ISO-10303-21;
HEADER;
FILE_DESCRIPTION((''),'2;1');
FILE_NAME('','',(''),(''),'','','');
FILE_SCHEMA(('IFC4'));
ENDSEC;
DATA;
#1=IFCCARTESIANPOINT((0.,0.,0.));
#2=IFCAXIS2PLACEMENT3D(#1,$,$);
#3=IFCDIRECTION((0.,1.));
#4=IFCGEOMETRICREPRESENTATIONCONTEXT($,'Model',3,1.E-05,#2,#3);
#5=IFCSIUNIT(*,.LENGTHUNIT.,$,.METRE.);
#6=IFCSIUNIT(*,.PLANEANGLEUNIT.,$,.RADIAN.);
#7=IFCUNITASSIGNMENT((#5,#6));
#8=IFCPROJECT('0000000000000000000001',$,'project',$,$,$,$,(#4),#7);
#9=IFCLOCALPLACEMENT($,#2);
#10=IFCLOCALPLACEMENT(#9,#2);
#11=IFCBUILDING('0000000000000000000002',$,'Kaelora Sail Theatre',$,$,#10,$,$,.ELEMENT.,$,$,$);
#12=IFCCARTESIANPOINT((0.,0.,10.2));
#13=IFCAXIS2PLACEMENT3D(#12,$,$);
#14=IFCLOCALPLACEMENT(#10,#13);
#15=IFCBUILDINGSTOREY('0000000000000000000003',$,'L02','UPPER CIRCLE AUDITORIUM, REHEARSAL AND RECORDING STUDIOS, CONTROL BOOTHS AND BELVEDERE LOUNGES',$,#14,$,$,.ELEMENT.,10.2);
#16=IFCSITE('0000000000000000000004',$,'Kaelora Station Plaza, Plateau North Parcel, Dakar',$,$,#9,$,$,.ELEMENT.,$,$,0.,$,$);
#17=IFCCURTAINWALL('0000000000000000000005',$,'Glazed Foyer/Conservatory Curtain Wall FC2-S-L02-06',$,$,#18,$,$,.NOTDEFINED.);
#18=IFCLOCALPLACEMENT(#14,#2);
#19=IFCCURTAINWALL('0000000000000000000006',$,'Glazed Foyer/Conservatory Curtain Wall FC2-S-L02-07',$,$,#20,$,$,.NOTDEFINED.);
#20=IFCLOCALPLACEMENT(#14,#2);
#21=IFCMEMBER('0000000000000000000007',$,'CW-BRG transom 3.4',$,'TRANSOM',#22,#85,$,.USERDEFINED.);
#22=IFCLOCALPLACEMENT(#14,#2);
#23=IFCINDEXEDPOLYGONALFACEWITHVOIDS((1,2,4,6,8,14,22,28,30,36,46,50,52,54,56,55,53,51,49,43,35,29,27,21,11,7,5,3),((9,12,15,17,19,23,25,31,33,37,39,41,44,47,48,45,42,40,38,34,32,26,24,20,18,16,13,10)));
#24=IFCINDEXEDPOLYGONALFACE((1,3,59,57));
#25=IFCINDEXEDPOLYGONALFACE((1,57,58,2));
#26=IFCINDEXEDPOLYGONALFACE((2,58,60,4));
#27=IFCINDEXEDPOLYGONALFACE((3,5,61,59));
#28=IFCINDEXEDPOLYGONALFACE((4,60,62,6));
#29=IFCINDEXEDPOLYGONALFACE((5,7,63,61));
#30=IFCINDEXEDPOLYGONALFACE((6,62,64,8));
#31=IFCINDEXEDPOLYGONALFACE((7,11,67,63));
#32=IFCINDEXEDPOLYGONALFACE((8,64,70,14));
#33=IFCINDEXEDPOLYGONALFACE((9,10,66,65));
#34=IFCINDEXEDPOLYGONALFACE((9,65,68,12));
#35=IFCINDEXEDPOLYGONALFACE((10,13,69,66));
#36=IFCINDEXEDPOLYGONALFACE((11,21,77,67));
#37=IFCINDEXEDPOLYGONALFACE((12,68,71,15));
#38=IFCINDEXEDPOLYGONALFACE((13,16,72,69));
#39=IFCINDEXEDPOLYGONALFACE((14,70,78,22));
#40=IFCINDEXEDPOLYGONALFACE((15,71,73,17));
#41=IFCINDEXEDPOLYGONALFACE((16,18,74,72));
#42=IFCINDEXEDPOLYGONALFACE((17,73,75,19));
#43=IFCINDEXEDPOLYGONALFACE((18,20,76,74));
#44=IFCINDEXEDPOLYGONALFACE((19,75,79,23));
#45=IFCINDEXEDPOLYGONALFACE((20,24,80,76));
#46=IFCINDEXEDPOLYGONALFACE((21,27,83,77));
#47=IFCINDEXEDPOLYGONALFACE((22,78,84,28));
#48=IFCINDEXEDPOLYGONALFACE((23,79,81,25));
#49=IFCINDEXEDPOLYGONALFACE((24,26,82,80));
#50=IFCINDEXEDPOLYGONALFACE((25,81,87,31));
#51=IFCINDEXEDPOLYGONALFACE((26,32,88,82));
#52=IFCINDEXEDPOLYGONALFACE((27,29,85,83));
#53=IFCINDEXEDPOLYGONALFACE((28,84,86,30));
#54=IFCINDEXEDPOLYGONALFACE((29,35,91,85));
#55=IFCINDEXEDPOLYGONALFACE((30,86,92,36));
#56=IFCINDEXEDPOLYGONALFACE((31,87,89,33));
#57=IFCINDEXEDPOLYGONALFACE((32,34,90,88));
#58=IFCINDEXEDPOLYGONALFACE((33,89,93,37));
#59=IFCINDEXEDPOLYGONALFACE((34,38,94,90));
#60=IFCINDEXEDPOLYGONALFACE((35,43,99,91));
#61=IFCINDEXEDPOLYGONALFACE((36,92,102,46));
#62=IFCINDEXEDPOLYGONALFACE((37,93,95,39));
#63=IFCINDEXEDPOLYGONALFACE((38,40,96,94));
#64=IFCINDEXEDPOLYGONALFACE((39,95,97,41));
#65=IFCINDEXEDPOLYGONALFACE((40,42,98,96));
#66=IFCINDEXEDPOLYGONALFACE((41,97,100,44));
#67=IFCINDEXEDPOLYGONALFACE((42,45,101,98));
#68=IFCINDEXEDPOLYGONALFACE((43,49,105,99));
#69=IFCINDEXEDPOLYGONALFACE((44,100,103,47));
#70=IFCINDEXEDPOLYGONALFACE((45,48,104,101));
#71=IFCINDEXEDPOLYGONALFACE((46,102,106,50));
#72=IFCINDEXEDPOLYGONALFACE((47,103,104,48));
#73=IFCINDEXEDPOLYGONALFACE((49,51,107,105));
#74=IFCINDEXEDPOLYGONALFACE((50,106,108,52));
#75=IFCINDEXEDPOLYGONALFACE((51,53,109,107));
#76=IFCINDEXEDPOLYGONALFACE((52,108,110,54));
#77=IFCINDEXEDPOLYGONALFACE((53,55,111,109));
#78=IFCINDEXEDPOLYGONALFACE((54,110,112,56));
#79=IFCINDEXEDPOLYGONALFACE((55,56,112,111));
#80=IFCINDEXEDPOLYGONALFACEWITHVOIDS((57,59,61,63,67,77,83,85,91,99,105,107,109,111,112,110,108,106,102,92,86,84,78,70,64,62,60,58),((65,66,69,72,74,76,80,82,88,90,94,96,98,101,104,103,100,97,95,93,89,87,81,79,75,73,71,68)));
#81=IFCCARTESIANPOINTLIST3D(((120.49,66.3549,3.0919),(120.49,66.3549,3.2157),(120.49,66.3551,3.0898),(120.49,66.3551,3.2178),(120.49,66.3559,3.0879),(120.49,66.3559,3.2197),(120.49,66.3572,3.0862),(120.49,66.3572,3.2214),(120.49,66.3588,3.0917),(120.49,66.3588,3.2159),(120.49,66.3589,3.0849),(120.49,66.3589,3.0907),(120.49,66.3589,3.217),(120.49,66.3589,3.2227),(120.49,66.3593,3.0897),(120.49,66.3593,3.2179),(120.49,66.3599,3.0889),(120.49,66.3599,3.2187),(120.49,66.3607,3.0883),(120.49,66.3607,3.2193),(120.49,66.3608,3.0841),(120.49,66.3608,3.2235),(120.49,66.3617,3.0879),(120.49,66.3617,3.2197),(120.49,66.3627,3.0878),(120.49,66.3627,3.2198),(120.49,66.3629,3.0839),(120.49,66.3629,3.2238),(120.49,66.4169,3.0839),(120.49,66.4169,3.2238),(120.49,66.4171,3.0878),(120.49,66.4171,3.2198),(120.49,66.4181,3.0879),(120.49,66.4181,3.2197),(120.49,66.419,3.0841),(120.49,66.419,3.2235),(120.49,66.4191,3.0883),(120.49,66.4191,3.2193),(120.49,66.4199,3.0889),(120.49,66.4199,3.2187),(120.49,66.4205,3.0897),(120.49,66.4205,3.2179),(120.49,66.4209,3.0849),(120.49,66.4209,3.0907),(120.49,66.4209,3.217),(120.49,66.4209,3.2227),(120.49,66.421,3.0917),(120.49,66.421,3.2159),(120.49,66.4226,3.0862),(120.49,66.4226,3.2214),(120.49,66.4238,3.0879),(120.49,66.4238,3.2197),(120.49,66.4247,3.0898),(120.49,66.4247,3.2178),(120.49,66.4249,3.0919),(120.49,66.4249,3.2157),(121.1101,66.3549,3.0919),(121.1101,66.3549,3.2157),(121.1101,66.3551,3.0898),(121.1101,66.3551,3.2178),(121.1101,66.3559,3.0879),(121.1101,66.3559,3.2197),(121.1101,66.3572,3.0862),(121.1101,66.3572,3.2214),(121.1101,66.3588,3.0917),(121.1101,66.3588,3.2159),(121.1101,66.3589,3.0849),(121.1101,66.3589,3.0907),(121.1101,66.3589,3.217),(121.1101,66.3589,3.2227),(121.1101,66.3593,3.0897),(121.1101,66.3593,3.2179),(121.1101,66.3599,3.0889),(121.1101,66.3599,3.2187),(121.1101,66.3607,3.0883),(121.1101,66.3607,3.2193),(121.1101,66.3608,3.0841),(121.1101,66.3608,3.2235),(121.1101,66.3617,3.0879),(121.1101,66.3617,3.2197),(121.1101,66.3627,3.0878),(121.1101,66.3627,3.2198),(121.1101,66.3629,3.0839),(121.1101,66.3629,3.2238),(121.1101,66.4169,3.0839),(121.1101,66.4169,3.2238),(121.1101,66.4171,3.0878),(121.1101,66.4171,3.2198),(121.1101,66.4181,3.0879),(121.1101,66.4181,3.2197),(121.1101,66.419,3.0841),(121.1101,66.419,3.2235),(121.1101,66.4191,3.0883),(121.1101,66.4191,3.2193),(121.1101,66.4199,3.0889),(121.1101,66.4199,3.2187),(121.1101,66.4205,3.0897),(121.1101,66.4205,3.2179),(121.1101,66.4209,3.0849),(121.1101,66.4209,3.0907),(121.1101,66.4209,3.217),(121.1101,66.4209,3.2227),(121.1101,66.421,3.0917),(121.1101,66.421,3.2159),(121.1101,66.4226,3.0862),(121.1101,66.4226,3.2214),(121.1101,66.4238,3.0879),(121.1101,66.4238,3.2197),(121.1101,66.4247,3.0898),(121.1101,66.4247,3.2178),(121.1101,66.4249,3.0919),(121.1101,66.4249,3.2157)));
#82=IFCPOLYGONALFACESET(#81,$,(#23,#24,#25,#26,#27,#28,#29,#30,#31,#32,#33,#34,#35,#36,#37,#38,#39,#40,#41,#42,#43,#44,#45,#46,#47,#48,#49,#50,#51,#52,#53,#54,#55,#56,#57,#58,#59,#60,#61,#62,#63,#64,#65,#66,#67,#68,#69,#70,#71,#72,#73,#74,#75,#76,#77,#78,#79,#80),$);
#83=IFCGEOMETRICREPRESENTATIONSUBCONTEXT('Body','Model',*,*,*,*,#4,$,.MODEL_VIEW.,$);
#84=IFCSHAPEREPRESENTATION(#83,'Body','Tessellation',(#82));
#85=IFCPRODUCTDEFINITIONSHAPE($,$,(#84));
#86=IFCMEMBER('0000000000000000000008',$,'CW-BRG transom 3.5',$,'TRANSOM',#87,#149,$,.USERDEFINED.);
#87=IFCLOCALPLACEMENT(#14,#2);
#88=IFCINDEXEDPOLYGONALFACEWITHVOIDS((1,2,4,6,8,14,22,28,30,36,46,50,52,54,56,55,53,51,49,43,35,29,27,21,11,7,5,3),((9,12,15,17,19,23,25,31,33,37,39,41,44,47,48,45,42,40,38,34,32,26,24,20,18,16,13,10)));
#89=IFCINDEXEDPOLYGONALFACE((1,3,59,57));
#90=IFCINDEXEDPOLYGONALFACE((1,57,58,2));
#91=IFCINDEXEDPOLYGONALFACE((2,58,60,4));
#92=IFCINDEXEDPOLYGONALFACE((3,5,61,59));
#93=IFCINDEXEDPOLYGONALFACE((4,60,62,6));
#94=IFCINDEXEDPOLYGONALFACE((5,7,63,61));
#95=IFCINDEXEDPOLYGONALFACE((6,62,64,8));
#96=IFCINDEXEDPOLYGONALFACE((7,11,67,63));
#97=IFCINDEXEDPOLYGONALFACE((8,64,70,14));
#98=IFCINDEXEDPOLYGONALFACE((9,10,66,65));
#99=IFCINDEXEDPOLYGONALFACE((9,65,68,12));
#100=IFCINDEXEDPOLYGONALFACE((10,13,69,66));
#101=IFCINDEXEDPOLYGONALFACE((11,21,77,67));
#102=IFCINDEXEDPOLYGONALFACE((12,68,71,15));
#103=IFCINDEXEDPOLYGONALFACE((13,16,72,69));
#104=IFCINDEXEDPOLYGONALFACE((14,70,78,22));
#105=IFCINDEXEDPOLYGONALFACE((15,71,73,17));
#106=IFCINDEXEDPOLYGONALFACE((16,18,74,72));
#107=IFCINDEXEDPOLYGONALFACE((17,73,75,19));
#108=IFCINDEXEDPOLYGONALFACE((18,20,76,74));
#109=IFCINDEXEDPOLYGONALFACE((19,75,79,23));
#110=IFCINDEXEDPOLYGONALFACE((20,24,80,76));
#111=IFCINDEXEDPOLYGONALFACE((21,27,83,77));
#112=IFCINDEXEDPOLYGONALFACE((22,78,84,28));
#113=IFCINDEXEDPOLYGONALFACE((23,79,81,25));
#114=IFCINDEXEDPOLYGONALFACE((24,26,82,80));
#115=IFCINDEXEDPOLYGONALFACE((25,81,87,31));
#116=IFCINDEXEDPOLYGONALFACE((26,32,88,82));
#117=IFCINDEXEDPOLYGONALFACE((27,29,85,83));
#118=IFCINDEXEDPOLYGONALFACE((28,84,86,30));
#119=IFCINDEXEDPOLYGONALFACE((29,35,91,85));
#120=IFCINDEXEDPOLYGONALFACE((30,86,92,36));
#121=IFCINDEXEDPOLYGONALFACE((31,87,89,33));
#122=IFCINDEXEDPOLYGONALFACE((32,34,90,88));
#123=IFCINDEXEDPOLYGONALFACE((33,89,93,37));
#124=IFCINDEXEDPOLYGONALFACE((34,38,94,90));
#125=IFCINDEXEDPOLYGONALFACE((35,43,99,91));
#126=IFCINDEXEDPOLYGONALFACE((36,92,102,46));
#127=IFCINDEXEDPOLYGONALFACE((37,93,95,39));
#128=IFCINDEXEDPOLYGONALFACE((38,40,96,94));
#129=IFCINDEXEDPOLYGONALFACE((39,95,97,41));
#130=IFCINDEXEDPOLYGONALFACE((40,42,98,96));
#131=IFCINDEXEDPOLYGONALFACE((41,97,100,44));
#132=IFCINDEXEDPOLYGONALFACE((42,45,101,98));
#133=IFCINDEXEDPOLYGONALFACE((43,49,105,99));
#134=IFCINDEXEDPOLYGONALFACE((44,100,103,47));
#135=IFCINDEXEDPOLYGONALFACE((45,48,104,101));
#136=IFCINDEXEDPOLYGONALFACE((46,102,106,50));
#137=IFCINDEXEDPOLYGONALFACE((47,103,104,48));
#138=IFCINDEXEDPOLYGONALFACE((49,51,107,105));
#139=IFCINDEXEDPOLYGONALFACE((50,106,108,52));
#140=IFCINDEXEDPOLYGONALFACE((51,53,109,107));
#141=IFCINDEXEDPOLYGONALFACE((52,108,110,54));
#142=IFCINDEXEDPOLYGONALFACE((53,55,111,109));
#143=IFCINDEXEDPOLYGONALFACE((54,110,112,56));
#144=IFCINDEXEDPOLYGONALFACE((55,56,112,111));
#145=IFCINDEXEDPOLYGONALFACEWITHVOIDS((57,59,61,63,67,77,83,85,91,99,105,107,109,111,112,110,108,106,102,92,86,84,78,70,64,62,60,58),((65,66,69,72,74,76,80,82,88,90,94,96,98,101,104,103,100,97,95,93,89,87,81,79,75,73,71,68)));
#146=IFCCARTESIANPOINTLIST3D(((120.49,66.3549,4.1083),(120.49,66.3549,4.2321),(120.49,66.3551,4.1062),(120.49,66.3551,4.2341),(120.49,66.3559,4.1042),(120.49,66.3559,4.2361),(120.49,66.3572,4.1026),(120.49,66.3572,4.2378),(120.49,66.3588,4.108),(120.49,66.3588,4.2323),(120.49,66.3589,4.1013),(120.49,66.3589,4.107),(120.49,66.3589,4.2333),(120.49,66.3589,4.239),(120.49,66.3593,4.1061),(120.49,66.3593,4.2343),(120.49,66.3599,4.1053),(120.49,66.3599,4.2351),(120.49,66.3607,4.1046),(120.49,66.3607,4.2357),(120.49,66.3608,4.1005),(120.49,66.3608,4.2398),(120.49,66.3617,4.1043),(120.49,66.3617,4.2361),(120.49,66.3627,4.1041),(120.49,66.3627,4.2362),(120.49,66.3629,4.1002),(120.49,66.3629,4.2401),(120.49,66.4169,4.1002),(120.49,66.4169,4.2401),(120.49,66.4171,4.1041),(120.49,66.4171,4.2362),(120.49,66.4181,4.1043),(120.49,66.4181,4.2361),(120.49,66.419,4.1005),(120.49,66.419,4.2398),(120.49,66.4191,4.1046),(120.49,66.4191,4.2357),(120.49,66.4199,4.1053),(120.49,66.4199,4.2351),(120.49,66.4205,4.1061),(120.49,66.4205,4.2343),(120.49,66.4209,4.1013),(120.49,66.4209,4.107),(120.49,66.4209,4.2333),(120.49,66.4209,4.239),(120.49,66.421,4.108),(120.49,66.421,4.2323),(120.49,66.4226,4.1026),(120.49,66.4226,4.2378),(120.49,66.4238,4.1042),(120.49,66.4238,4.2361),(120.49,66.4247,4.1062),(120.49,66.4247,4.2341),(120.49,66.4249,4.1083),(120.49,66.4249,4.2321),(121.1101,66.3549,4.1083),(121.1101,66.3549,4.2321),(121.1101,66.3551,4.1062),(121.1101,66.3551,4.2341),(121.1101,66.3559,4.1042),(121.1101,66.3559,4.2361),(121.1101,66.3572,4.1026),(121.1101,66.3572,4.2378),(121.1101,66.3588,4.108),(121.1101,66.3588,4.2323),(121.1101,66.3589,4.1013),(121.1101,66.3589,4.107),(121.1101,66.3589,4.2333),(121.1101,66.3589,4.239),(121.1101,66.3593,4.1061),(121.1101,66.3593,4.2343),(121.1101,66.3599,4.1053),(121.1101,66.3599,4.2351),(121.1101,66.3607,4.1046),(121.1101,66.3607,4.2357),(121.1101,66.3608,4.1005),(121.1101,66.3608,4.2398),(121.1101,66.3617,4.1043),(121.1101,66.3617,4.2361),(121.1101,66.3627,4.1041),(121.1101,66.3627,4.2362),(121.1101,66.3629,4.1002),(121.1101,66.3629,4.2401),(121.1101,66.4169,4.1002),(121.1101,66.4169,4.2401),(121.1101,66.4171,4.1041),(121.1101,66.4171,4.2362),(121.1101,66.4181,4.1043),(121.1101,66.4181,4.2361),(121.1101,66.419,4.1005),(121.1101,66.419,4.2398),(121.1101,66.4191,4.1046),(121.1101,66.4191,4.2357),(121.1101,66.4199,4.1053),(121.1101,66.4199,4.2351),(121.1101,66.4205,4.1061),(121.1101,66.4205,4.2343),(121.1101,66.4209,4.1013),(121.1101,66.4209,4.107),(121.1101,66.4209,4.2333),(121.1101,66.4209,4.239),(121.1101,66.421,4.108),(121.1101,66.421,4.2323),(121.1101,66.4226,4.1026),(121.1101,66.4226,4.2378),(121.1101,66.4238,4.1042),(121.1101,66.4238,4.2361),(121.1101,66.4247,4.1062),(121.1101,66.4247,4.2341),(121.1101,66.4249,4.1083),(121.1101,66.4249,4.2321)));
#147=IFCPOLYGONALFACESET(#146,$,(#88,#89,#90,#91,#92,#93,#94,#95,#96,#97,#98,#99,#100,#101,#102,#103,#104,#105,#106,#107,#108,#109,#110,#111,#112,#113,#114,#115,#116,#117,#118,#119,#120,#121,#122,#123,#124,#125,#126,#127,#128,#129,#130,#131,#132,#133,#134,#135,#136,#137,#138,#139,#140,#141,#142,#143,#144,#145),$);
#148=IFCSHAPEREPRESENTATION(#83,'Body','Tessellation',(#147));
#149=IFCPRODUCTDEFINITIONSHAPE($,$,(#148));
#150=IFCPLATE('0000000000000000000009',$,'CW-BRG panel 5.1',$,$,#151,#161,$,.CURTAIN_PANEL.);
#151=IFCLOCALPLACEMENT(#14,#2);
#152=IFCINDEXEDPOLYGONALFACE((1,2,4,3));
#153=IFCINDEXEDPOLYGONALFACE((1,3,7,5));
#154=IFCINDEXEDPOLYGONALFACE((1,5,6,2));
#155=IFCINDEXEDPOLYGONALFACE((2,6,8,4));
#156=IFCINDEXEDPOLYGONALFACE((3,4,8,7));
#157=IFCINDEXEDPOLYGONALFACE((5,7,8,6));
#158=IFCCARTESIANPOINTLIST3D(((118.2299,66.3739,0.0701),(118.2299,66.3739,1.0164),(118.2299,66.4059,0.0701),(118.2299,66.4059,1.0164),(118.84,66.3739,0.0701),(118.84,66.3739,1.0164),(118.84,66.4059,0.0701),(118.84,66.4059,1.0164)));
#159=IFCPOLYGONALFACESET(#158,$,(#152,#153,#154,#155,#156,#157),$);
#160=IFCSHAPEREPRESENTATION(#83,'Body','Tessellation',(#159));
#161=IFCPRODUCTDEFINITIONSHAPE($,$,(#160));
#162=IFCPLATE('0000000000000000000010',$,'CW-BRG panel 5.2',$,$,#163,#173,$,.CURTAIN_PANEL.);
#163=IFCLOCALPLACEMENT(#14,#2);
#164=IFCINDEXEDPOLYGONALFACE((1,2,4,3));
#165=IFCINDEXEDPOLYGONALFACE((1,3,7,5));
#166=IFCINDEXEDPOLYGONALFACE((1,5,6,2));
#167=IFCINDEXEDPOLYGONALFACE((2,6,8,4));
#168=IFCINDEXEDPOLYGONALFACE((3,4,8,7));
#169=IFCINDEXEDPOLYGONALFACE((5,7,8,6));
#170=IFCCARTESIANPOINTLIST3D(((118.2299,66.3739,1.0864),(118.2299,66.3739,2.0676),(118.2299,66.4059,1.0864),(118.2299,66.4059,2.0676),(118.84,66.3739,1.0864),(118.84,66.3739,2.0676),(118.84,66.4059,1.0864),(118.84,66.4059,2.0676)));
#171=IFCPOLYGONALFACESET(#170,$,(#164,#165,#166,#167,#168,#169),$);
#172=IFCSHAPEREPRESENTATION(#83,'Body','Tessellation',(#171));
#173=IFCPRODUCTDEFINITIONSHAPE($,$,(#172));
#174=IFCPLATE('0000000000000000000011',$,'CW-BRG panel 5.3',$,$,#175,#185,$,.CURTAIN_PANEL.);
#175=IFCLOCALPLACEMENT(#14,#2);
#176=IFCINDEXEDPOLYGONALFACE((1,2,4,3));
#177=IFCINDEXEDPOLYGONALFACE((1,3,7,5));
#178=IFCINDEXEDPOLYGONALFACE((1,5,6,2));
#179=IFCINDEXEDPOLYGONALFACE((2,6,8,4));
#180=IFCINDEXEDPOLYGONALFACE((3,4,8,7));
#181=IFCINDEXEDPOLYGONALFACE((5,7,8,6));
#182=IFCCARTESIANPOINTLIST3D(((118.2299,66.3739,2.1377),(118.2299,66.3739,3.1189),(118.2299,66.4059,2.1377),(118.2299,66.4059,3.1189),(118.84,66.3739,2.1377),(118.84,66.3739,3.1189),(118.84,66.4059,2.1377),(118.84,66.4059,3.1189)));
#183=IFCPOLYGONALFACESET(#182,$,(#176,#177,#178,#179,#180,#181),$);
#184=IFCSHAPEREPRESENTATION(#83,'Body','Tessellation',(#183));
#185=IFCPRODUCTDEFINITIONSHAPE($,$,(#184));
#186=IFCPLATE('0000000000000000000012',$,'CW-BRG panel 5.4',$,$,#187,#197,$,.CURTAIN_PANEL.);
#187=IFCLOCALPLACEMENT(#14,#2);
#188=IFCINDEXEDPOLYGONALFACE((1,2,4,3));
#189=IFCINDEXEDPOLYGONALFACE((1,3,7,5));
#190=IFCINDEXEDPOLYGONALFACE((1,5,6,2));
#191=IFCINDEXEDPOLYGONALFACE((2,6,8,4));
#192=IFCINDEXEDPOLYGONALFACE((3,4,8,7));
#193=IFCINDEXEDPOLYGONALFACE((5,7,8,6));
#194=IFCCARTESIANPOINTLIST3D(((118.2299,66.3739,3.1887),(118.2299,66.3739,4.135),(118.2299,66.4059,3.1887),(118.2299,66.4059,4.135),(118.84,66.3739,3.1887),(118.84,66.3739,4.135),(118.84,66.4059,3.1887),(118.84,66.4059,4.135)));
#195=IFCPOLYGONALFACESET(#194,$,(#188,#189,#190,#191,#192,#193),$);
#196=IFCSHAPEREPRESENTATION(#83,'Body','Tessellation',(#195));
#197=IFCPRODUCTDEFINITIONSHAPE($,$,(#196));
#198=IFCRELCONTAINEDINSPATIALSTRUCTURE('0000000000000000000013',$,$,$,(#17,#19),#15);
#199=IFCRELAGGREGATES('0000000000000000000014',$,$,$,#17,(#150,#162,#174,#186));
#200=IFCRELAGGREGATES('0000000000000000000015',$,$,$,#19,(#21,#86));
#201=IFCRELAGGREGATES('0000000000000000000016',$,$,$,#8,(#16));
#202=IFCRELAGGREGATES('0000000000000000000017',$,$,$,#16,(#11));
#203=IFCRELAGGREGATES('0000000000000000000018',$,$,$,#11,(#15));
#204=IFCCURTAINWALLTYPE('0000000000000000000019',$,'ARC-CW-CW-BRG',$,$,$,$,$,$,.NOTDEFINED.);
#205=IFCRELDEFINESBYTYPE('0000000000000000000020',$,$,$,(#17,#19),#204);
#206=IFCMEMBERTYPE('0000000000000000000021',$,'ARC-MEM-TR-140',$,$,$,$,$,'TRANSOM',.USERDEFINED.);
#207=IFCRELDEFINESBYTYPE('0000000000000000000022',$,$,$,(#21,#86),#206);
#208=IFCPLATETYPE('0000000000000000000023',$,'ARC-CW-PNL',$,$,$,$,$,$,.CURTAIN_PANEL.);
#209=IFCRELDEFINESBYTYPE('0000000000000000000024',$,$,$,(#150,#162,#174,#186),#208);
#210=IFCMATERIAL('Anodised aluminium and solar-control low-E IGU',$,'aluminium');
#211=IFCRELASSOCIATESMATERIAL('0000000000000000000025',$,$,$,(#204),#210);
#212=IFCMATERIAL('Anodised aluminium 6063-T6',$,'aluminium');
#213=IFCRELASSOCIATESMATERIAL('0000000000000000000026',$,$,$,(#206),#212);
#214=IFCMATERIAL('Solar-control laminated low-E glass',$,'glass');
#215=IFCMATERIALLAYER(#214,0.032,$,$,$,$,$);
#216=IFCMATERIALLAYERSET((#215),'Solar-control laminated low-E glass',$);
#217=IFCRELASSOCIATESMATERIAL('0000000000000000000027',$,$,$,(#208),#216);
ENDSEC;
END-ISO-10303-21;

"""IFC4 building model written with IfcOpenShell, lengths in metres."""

from ifc_helpers import new_model, si_unit, direction, frame, origin, origin_2d, place, context, subcontext, project, spatial, rectangle, hollow_rectangle, extrude, material, layer, layer_set, material_profile, profile_set, type_object, element, aggregate, save


model = new_model("IFC4")

# Units and contexts
model_context = context("Model", 3, precision=1e-05, world=origin(), true_north=direction((0.0, 1.0)))
body_context = subcontext(model_context, "Body", "Model", "MODEL_VIEW")
ifc_project = project(units=[si_unit("LENGTHUNIT", "METRE"), si_unit("PLANEANGLEUNIT", "RADIAN")], contexts=[model_context])

# Site, building, storey
site_placement = place(None, origin())
site = spatial("IfcSite", under=ifc_project, at=site_placement, Name="Kaelora Station Plaza, Plateau North Parcel, Dakar", CompositionType="ELEMENT", RefElevation=0.0)
building_placement = place(site_placement, origin())
building = spatial("IfcBuilding", under=site, at=building_placement, Name="Kaelora Sail Theatre", CompositionType="ELEMENT")
storey_placement = place(building_placement, frame((0.0, 0.0, 10.2)))
storey = spatial("IfcBuildingStorey", under=building, at=storey_placement, Name="L02", Description="UPPER CIRCLE AUDITORIUM, REHEARSAL AND RECORDING STUDIOS, CONTROL BOOTHS AND BELVEDERE LOUNGES", CompositionType="ELEMENT", Elevation=10.2)

# Curtain wall
ifc_material_1 = material(Name="Anodised aluminium and solar-control low-E IGU", Category="aluminium")
curtain_wall_type = type_object("IfcCurtainWallType", Name="ARC-CW-CW-BRG", PredefinedType="NOTDEFINED", material=ifc_material_1)
curtain_wall_1_placement = place(storey_placement, origin())
curtain_wall_1 = element("IfcCurtainWall", 1, at=curtain_wall_1_placement, inside=storey, type_object=curtain_wall_type, Name="Glazed Foyer/Conservatory Curtain Wall FC2-S-L02-06", PredefinedType="NOTDEFINED")

# Curtain wall
curtain_wall_2_placement = place(storey_placement, origin())
curtain_wall_2 = element("IfcCurtainWall", 2, at=curtain_wall_2_placement, inside=storey, type_object=curtain_wall_type, Name="Glazed Foyer/Conservatory Curtain Wall FC2-S-L02-07", PredefinedType="NOTDEFINED")

# Members
ifc_material_2 = material(Name="Anodised aluminium 6063-T6", Category="aluminium")
ifc_material_profile_1 = material_profile(ifc_material_2, hollow_rectangle(XDim=0.0701, YDim=0.1399, WallThickness=0.0039, InnerFilletRadius=0.0039, OuterFilletRadius=0.0081, at=origin_2d()), Name="ALU-TRAN 70x140x4")
ifc_profile_set_1 = profile_set([ifc_material_profile_1], Name="Anodised aluminium 6063-T6")
member_type_1 = type_object("IfcMemberType", Name="ARC-MEM-TR-140", ElementType="TRANSOM", PredefinedType="USERDEFINED", material=ifc_profile_set_1)
member_1_placement = place(storey_placement, frame((120.49, 66.3899, 3.1538), z_axis=(1.0, 0.0, 0.0), x_axis=(0.0, 1.0, 0.0)))
member_1 = element("IfcMember", 3, at=member_1_placement, type_object=member_type_1, Name="CW-BRG transom 3.4", ObjectType="TRANSOM", PredefinedType="USERDEFINED", context=body_context, shape_type="SweptSolid", body=[
    extrude(hollow_rectangle(XDim=0.0701, YDim=0.1399, WallThickness=0.0039, InnerFilletRadius=0.0039, OuterFilletRadius=0.0081, at=origin_2d()), origin(), (0.0, 0.0, 1.0), 0.6201),
])
member_2_placement = place(storey_placement, frame((120.49, 66.3899, 4.1702), z_axis=(1.0, 0.0, 0.0), x_axis=(0.0, 1.0, 0.0)))
member_2 = element("IfcMember", 4, at=member_2_placement, type_object=member_type_1, Name="CW-BRG transom 3.5", ObjectType="TRANSOM", PredefinedType="USERDEFINED", context=body_context, shape_type="SweptSolid", body=[
    extrude(hollow_rectangle(XDim=0.0701, YDim=0.1399, WallThickness=0.0039, InnerFilletRadius=0.0039, OuterFilletRadius=0.0081, at=origin_2d()), origin(), (0.0, 0.0, 1.0), 0.6201),
])

# Plates
ifc_material_3 = material(Name="Solar-control laminated low-E glass", Category="glass")
ifc_layer = layer(ifc_material_3, 0.032)
ifc_layer_set = layer_set([ifc_layer], Name="Solar-control laminated low-E glass")
plate_type = type_object("IfcPlateType", Name="ARC-CW-PNL", PredefinedType="CURTAIN_PANEL", material=ifc_layer_set)
plate_1_placement = place(storey_placement, frame((118.5349, 66.3899, 0.0701), z_axis=(0.0, 0.0, 1.0), x_axis=(1.0, 0.0, 0.0)))
plate_1 = element("IfcPlate", 5, at=plate_1_placement, type_object=plate_type, Name="CW-BRG panel 5.1", PredefinedType="CURTAIN_PANEL", context=body_context, shape_type="SweptSolid", body=[
    extrude(rectangle(XDim=0.6101, YDim=0.032, at=origin_2d()), origin(), (0.0, 0.0, 1.0), 0.9463),
])
plate_2_placement = place(storey_placement, frame((118.5349, 66.3899, 1.0864), z_axis=(0.0, 0.0, 1.0), x_axis=(1.0, 0.0, 0.0)))
plate_2 = element("IfcPlate", 6, at=plate_2_placement, type_object=plate_type, Name="CW-BRG panel 5.2", PredefinedType="CURTAIN_PANEL", context=body_context, shape_type="SweptSolid", body=[
    extrude(rectangle(XDim=0.6101, YDim=0.032, at=origin_2d()), origin(), (0.0, 0.0, 1.0), 0.9812),
])
plate_3_placement = place(storey_placement, frame((118.5349, 66.3899, 2.1377), z_axis=(0.0, 0.0, 1.0), x_axis=(1.0, 0.0, 0.0)))
plate_3 = element("IfcPlate", 7, at=plate_3_placement, type_object=plate_type, Name="CW-BRG panel 5.3", PredefinedType="CURTAIN_PANEL", context=body_context, shape_type="SweptSolid", body=[
    extrude(rectangle(XDim=0.6101, YDim=0.032, at=origin_2d()), origin(), (0.0, 0.0, 1.0), 0.9812),
])
plate_4_placement = place(storey_placement, frame((118.5349, 66.3899, 3.1887), z_axis=(0.0, 0.0, 1.0), x_axis=(1.0, 0.0, 0.0)))
plate_4 = element("IfcPlate", 8, at=plate_4_placement, type_object=plate_type, Name="CW-BRG panel 5.4", PredefinedType="CURTAIN_PANEL", context=body_context, shape_type="SweptSolid", body=[
    extrude(rectangle(XDim=0.6101, YDim=0.032, at=origin_2d()), origin(), (0.0, 0.0, 1.0), 0.9463),
])
aggregate(curtain_wall_1, [plate_1, plate_2, plate_3, plate_4])
aggregate(curtain_wall_2, [member_1, member_2])

save(model, "model.ifc")
